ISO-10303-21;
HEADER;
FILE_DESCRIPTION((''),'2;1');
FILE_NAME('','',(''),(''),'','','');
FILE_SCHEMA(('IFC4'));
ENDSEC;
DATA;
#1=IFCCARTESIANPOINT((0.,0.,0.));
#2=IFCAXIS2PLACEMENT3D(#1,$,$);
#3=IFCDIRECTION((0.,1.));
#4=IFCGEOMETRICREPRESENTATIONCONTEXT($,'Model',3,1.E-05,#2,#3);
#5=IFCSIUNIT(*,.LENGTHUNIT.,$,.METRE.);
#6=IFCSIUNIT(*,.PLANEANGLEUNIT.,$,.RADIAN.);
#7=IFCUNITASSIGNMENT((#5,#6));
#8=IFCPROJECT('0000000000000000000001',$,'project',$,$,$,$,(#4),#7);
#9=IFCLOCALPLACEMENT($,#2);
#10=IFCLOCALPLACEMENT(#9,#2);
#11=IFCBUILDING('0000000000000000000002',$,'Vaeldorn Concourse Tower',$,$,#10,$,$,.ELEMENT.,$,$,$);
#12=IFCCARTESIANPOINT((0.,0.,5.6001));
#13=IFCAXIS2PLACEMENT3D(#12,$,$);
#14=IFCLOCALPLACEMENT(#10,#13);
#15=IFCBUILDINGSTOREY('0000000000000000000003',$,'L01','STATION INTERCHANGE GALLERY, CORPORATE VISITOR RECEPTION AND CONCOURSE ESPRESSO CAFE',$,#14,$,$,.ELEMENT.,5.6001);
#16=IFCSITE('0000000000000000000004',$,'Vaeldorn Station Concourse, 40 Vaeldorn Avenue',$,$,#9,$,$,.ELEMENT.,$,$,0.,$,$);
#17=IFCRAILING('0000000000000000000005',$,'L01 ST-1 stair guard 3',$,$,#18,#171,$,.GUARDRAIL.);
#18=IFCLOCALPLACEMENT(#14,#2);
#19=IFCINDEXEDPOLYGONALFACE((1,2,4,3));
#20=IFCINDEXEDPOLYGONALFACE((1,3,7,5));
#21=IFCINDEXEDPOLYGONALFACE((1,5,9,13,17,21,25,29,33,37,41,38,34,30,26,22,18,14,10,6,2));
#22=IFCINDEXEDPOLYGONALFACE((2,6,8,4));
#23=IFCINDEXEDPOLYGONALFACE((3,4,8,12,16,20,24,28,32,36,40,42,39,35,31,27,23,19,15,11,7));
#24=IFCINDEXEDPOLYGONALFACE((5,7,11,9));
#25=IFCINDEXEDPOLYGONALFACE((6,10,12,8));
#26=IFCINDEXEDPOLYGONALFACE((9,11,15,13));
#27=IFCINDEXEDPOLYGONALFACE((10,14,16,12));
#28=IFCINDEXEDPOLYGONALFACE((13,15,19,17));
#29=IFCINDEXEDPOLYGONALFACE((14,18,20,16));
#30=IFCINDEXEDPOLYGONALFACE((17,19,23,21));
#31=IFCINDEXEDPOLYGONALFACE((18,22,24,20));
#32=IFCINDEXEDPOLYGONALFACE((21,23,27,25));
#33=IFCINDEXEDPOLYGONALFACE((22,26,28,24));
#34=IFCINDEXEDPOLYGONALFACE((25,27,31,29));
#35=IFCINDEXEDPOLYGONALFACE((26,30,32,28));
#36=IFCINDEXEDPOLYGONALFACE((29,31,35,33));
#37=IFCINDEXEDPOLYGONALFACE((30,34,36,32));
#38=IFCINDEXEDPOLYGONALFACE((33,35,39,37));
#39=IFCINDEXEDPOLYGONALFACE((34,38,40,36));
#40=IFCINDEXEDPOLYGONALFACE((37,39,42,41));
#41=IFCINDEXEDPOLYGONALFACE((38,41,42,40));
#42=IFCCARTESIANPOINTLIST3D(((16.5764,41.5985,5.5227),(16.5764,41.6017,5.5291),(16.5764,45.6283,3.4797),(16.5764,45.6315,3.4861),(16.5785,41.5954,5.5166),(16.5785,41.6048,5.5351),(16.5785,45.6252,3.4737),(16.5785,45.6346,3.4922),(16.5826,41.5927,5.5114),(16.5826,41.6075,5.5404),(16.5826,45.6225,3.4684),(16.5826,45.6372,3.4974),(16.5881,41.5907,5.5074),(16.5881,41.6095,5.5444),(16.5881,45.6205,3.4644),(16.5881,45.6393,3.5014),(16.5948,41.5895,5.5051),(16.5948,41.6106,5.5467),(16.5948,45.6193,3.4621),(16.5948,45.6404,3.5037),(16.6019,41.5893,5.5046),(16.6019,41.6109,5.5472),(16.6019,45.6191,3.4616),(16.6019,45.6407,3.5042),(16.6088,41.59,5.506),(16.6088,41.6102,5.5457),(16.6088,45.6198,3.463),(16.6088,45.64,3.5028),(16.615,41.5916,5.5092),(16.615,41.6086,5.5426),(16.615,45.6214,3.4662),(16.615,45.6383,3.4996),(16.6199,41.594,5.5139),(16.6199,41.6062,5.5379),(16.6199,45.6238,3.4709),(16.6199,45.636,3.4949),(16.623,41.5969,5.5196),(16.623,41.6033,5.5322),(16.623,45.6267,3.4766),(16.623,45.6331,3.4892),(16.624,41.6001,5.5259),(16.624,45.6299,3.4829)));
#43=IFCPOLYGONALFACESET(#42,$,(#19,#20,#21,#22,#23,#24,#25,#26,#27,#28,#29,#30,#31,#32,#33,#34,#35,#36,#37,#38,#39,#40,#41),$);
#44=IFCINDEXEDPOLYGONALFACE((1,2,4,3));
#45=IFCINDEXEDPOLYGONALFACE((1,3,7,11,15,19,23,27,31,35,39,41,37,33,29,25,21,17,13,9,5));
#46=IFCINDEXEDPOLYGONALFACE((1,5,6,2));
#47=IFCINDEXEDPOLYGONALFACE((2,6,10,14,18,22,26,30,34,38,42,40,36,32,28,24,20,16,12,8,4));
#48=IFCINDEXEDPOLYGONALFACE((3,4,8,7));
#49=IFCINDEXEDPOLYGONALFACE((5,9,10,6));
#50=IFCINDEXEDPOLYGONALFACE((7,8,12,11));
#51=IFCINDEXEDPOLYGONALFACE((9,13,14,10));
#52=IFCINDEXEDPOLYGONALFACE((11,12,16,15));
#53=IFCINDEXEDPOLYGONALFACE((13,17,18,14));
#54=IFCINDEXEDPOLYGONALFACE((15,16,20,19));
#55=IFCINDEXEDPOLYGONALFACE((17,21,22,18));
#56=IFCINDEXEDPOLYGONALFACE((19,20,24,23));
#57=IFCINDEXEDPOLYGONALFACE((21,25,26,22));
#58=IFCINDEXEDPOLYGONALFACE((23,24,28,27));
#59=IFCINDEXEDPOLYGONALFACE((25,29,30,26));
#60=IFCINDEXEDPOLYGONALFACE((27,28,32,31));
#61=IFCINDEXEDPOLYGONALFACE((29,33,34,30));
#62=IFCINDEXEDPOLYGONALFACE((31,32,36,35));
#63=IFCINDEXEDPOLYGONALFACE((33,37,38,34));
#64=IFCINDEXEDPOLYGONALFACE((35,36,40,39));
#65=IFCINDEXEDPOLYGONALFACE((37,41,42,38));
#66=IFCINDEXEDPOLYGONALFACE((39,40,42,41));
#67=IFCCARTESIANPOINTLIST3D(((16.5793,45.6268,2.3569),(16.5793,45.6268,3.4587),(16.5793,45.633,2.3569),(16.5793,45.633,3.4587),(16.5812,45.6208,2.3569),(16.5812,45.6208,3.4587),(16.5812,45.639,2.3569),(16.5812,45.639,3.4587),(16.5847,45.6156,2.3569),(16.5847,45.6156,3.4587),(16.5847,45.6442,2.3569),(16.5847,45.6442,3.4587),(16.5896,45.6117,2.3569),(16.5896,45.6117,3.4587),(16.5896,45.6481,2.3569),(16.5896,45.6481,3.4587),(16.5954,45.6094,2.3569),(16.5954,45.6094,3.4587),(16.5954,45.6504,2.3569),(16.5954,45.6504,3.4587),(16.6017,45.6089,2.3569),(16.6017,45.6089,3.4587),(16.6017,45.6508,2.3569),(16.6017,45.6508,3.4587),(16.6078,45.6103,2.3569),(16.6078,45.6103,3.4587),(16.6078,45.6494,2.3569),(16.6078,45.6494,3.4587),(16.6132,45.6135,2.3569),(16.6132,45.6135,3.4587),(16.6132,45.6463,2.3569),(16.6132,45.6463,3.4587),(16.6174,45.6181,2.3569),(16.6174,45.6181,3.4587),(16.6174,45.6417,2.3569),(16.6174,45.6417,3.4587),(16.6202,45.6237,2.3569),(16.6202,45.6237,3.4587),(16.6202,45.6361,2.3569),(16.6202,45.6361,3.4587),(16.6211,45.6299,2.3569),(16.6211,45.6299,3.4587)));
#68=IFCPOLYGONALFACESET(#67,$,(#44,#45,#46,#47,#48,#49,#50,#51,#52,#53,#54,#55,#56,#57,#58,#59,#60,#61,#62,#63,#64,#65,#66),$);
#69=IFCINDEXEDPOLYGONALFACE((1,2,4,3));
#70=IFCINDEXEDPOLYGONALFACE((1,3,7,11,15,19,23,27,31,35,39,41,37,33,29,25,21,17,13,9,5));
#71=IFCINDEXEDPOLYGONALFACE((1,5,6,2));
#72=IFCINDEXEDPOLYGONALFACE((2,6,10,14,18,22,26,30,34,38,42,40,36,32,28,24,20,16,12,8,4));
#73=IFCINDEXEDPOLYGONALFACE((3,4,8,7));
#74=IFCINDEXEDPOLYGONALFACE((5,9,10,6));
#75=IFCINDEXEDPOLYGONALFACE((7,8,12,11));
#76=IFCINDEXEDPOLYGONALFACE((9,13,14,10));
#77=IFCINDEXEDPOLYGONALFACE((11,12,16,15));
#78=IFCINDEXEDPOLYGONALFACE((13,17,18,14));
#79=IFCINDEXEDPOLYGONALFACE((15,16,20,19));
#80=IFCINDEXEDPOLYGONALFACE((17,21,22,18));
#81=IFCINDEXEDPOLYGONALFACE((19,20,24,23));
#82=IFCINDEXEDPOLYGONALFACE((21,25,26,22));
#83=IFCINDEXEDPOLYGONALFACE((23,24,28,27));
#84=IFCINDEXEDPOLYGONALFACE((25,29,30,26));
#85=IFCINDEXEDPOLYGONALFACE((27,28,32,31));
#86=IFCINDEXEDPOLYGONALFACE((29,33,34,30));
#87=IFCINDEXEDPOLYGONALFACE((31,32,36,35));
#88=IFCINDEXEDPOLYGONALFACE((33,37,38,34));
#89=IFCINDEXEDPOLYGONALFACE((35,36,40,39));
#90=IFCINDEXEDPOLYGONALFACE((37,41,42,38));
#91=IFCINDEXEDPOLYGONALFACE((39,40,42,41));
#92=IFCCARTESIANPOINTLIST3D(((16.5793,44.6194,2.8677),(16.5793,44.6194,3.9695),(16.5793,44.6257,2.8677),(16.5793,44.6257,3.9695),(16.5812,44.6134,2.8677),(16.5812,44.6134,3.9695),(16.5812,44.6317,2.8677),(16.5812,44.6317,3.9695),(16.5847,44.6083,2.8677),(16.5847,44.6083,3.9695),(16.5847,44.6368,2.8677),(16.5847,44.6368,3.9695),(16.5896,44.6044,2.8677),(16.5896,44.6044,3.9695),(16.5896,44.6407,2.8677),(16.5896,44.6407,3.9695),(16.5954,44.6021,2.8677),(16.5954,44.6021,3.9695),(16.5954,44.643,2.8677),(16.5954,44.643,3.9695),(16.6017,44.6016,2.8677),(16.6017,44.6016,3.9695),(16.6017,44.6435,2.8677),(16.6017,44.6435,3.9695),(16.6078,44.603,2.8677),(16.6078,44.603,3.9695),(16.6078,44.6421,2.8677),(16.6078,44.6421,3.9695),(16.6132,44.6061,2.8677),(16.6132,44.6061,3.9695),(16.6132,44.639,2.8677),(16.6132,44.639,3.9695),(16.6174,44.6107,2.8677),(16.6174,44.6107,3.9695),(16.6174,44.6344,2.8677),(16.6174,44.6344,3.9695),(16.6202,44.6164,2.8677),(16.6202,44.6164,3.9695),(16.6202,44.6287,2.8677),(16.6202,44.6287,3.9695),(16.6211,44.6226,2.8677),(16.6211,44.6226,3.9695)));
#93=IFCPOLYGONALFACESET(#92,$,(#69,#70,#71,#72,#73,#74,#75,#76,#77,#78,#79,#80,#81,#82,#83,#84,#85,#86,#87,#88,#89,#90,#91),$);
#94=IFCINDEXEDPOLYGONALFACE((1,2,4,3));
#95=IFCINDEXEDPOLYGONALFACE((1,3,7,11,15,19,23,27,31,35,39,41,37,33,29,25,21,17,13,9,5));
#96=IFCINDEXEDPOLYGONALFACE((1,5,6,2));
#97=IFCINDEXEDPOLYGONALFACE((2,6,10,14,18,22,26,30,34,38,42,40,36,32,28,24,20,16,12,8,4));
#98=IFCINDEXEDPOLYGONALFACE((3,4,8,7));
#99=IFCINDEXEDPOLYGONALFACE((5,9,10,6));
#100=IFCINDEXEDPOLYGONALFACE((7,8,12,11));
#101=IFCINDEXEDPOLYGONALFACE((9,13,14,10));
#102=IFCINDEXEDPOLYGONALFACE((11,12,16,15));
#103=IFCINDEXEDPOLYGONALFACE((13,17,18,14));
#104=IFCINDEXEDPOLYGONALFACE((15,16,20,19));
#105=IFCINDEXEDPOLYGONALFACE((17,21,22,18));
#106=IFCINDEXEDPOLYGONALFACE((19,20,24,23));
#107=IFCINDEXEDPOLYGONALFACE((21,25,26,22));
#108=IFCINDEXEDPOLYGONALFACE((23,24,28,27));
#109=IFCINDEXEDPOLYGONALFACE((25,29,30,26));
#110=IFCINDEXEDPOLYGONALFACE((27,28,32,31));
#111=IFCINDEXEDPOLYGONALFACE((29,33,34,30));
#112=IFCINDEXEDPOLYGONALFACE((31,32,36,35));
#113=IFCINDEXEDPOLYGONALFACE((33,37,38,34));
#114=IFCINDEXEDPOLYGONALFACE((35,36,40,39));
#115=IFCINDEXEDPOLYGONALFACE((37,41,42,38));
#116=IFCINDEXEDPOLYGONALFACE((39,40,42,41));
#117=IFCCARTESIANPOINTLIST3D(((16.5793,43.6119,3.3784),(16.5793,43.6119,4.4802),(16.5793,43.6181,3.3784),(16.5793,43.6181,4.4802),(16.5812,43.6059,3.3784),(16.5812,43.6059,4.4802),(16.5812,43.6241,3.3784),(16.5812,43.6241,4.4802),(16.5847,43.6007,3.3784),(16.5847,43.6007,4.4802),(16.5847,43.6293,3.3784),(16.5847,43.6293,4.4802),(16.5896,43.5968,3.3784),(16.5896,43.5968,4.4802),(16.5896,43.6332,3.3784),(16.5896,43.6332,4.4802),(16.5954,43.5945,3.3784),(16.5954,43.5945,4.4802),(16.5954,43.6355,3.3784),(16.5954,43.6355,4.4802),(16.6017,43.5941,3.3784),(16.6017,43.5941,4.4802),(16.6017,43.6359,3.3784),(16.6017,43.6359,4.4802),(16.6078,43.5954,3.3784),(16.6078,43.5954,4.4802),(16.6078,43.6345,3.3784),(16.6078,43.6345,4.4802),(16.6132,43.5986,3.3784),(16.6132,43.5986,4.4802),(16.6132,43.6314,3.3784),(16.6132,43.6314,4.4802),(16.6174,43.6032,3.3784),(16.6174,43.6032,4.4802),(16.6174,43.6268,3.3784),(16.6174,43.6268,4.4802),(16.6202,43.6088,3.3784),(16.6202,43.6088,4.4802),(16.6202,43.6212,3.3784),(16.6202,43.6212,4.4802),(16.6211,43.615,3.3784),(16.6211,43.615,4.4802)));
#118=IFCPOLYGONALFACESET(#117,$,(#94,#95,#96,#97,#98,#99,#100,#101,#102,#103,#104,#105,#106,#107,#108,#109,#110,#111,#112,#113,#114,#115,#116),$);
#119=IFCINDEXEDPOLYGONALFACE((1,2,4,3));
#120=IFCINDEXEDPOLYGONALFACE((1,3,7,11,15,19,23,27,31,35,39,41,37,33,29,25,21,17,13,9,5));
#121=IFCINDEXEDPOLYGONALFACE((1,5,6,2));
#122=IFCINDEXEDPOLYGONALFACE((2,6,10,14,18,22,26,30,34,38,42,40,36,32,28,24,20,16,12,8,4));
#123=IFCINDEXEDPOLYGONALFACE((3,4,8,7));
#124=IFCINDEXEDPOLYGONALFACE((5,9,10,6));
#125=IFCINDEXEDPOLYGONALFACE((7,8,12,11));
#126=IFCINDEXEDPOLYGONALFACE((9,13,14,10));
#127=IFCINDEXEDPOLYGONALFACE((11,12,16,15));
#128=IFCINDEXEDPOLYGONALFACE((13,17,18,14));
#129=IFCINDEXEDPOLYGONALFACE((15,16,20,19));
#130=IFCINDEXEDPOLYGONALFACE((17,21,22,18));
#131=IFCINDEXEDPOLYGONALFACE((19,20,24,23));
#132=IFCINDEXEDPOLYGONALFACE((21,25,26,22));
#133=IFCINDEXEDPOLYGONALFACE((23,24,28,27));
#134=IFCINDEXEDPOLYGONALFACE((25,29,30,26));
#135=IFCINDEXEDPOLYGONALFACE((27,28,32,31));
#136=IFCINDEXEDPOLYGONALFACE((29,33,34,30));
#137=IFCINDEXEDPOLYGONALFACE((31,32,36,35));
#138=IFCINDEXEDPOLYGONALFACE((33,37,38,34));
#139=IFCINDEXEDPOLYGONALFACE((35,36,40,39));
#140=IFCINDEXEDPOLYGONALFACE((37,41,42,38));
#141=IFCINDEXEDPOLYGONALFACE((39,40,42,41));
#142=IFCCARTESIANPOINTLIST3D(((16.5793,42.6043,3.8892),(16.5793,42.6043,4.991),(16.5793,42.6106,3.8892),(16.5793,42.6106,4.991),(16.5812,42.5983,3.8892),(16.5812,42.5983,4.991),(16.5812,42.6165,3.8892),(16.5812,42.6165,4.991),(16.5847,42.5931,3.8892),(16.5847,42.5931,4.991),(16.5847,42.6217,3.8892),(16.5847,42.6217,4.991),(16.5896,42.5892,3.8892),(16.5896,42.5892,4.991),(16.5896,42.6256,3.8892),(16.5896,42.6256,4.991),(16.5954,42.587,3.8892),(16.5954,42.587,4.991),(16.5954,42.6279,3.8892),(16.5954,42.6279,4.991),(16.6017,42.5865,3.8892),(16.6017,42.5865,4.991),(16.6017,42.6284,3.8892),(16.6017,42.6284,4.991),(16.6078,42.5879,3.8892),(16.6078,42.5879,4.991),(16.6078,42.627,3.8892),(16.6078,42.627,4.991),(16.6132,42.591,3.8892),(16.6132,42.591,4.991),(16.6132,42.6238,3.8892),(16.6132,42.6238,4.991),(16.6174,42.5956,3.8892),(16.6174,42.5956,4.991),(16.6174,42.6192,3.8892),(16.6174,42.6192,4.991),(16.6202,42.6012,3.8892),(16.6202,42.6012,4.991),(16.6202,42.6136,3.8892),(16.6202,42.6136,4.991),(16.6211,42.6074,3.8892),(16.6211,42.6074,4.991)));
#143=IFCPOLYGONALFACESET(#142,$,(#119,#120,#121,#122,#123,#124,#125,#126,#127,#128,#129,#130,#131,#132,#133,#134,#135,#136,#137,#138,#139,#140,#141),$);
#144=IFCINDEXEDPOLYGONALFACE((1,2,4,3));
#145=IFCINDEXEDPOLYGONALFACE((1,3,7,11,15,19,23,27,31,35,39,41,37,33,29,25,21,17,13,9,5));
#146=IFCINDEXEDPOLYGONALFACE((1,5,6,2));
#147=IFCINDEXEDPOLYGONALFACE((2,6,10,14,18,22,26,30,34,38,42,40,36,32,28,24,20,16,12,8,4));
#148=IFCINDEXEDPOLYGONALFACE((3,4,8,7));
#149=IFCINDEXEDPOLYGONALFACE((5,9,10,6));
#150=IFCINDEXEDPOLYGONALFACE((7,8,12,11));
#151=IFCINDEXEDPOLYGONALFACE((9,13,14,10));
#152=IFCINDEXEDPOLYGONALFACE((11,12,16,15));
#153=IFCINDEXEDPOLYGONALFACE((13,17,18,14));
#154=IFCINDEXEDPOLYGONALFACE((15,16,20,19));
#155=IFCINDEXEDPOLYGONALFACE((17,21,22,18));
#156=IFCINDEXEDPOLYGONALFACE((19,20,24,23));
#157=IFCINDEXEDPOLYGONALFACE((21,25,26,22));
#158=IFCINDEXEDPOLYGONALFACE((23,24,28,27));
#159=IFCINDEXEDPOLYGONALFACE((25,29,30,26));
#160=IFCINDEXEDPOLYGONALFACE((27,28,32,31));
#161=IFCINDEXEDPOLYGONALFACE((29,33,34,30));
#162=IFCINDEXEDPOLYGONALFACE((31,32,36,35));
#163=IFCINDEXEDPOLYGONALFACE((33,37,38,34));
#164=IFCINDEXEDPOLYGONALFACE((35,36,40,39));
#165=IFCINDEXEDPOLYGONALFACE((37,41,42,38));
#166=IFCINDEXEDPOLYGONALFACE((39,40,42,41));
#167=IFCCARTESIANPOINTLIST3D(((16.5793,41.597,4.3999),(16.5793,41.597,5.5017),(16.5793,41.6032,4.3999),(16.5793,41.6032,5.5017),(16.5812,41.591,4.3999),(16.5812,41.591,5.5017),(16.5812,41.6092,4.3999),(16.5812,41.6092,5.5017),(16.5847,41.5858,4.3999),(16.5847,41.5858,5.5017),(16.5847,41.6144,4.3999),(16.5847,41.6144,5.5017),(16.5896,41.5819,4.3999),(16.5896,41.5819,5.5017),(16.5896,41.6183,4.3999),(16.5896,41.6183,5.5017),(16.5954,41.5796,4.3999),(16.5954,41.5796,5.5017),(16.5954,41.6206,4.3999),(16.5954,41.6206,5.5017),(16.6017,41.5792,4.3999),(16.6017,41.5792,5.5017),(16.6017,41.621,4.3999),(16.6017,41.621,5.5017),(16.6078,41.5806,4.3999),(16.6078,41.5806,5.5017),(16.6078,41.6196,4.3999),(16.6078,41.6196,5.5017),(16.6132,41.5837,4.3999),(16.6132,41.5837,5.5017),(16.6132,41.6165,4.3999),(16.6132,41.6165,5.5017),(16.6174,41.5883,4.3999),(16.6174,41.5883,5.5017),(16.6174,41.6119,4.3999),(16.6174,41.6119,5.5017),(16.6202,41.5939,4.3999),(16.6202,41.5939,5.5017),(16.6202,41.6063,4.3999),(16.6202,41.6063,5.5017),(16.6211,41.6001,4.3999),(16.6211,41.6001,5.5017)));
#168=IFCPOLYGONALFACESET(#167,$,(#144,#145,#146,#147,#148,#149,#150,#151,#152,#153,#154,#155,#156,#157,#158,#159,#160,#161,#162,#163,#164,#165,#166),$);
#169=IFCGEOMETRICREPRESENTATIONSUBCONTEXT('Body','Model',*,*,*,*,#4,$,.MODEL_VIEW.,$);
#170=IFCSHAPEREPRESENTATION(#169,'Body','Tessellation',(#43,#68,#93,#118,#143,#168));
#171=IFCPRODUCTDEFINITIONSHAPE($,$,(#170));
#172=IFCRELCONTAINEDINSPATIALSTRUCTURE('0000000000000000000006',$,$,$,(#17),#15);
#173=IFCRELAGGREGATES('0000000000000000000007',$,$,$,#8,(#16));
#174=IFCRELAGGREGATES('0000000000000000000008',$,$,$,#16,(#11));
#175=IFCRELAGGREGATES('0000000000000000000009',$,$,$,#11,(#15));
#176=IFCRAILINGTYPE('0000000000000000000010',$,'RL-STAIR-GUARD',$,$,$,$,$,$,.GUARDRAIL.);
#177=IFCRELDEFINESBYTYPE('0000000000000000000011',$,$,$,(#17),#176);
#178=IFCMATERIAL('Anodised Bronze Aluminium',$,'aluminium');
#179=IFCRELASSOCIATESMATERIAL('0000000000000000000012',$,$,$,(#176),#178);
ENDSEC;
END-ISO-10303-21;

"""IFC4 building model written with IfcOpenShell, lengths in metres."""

from ifc_helpers import new_model, si_unit, direction, frame, origin, origin_2d, place, context, subcontext, project, spatial, circle, extrude, material, type_object, element, save


model = new_model("IFC4")

# Units and contexts
model_context = context("Model", 3, precision=1e-05, world=origin(), true_north=direction((0.0, 1.0)))
body_context = subcontext(model_context, "Body", "Model", "MODEL_VIEW")
ifc_project = project(units=[si_unit("LENGTHUNIT", "METRE"), si_unit("PLANEANGLEUNIT", "RADIAN")], contexts=[model_context])

# Site, building, storey
site_placement = place(None, origin())
site = spatial("IfcSite", under=ifc_project, at=site_placement, Name="Vaeldorn Station Concourse, 40 Vaeldorn Avenue", CompositionType="ELEMENT", RefElevation=0.0)
building_placement = place(site_placement, origin())
building = spatial("IfcBuilding", under=site, at=building_placement, Name="Vaeldorn Concourse Tower", CompositionType="ELEMENT")
storey_placement = place(building_placement, frame((0.0, 0.0, 5.6001)))
storey = spatial("IfcBuildingStorey", under=building, at=storey_placement, Name="L01", Description="STATION INTERCHANGE GALLERY, CORPORATE VISITOR RECEPTION AND CONCOURSE ESPRESSO CAFE", CompositionType="ELEMENT", Elevation=5.6001)

# Shared definitions
ifc_material_1 = material(Name="Anodised Bronze Aluminium", Category="aluminium")

# Railing
railing_type = type_object("IfcRailingType", Name="RL-STAIR-GUARD", PredefinedType="GUARDRAIL", material=ifc_material_1)
railing_1_placement = place(storey_placement, frame((16.6001, 45.6299, 2.3569)))
element("IfcRailing", 1, at=railing_1_placement, inside=storey, type_object=railing_type, Name="L01 ST-1 stair guard 3", PredefinedType="GUARDRAIL", context=body_context, shape_type="SweptSolid", body=[
    extrude(circle(Radius=0.0239, at=origin_2d()), frame((0.0, 0.0, 1.126), z_axis=(0.0, -0.891928, 0.452178), x_axis=(1.0, 0.0, 0.0)), (0.0, 0.0, 1.0), 4.5181),
    extrude(circle(Radius=0.021, at=origin_2d()), origin(), (0.0, 0.0, 1.0), 1.1018),
    extrude(circle(Radius=0.021, at=origin_2d()), frame((0.0, -1.0073, 0.5107)), (0.0, 0.0, 1.0), 1.1018),
    extrude(circle(Radius=0.021, at=origin_2d()), frame((0.0, -2.0149, 1.0215)), (0.0, 0.0, 1.0), 1.1018),
    extrude(circle(Radius=0.021, at=origin_2d()), frame((0.0, -3.0225, 1.5322)), (0.0, 0.0, 1.0), 1.1018),
    extrude(circle(Radius=0.021, at=origin_2d()), frame((0.0, -4.0298, 2.043)), (0.0, 0.0, 1.0), 1.1018),
])

save(model, "model.ifc")
